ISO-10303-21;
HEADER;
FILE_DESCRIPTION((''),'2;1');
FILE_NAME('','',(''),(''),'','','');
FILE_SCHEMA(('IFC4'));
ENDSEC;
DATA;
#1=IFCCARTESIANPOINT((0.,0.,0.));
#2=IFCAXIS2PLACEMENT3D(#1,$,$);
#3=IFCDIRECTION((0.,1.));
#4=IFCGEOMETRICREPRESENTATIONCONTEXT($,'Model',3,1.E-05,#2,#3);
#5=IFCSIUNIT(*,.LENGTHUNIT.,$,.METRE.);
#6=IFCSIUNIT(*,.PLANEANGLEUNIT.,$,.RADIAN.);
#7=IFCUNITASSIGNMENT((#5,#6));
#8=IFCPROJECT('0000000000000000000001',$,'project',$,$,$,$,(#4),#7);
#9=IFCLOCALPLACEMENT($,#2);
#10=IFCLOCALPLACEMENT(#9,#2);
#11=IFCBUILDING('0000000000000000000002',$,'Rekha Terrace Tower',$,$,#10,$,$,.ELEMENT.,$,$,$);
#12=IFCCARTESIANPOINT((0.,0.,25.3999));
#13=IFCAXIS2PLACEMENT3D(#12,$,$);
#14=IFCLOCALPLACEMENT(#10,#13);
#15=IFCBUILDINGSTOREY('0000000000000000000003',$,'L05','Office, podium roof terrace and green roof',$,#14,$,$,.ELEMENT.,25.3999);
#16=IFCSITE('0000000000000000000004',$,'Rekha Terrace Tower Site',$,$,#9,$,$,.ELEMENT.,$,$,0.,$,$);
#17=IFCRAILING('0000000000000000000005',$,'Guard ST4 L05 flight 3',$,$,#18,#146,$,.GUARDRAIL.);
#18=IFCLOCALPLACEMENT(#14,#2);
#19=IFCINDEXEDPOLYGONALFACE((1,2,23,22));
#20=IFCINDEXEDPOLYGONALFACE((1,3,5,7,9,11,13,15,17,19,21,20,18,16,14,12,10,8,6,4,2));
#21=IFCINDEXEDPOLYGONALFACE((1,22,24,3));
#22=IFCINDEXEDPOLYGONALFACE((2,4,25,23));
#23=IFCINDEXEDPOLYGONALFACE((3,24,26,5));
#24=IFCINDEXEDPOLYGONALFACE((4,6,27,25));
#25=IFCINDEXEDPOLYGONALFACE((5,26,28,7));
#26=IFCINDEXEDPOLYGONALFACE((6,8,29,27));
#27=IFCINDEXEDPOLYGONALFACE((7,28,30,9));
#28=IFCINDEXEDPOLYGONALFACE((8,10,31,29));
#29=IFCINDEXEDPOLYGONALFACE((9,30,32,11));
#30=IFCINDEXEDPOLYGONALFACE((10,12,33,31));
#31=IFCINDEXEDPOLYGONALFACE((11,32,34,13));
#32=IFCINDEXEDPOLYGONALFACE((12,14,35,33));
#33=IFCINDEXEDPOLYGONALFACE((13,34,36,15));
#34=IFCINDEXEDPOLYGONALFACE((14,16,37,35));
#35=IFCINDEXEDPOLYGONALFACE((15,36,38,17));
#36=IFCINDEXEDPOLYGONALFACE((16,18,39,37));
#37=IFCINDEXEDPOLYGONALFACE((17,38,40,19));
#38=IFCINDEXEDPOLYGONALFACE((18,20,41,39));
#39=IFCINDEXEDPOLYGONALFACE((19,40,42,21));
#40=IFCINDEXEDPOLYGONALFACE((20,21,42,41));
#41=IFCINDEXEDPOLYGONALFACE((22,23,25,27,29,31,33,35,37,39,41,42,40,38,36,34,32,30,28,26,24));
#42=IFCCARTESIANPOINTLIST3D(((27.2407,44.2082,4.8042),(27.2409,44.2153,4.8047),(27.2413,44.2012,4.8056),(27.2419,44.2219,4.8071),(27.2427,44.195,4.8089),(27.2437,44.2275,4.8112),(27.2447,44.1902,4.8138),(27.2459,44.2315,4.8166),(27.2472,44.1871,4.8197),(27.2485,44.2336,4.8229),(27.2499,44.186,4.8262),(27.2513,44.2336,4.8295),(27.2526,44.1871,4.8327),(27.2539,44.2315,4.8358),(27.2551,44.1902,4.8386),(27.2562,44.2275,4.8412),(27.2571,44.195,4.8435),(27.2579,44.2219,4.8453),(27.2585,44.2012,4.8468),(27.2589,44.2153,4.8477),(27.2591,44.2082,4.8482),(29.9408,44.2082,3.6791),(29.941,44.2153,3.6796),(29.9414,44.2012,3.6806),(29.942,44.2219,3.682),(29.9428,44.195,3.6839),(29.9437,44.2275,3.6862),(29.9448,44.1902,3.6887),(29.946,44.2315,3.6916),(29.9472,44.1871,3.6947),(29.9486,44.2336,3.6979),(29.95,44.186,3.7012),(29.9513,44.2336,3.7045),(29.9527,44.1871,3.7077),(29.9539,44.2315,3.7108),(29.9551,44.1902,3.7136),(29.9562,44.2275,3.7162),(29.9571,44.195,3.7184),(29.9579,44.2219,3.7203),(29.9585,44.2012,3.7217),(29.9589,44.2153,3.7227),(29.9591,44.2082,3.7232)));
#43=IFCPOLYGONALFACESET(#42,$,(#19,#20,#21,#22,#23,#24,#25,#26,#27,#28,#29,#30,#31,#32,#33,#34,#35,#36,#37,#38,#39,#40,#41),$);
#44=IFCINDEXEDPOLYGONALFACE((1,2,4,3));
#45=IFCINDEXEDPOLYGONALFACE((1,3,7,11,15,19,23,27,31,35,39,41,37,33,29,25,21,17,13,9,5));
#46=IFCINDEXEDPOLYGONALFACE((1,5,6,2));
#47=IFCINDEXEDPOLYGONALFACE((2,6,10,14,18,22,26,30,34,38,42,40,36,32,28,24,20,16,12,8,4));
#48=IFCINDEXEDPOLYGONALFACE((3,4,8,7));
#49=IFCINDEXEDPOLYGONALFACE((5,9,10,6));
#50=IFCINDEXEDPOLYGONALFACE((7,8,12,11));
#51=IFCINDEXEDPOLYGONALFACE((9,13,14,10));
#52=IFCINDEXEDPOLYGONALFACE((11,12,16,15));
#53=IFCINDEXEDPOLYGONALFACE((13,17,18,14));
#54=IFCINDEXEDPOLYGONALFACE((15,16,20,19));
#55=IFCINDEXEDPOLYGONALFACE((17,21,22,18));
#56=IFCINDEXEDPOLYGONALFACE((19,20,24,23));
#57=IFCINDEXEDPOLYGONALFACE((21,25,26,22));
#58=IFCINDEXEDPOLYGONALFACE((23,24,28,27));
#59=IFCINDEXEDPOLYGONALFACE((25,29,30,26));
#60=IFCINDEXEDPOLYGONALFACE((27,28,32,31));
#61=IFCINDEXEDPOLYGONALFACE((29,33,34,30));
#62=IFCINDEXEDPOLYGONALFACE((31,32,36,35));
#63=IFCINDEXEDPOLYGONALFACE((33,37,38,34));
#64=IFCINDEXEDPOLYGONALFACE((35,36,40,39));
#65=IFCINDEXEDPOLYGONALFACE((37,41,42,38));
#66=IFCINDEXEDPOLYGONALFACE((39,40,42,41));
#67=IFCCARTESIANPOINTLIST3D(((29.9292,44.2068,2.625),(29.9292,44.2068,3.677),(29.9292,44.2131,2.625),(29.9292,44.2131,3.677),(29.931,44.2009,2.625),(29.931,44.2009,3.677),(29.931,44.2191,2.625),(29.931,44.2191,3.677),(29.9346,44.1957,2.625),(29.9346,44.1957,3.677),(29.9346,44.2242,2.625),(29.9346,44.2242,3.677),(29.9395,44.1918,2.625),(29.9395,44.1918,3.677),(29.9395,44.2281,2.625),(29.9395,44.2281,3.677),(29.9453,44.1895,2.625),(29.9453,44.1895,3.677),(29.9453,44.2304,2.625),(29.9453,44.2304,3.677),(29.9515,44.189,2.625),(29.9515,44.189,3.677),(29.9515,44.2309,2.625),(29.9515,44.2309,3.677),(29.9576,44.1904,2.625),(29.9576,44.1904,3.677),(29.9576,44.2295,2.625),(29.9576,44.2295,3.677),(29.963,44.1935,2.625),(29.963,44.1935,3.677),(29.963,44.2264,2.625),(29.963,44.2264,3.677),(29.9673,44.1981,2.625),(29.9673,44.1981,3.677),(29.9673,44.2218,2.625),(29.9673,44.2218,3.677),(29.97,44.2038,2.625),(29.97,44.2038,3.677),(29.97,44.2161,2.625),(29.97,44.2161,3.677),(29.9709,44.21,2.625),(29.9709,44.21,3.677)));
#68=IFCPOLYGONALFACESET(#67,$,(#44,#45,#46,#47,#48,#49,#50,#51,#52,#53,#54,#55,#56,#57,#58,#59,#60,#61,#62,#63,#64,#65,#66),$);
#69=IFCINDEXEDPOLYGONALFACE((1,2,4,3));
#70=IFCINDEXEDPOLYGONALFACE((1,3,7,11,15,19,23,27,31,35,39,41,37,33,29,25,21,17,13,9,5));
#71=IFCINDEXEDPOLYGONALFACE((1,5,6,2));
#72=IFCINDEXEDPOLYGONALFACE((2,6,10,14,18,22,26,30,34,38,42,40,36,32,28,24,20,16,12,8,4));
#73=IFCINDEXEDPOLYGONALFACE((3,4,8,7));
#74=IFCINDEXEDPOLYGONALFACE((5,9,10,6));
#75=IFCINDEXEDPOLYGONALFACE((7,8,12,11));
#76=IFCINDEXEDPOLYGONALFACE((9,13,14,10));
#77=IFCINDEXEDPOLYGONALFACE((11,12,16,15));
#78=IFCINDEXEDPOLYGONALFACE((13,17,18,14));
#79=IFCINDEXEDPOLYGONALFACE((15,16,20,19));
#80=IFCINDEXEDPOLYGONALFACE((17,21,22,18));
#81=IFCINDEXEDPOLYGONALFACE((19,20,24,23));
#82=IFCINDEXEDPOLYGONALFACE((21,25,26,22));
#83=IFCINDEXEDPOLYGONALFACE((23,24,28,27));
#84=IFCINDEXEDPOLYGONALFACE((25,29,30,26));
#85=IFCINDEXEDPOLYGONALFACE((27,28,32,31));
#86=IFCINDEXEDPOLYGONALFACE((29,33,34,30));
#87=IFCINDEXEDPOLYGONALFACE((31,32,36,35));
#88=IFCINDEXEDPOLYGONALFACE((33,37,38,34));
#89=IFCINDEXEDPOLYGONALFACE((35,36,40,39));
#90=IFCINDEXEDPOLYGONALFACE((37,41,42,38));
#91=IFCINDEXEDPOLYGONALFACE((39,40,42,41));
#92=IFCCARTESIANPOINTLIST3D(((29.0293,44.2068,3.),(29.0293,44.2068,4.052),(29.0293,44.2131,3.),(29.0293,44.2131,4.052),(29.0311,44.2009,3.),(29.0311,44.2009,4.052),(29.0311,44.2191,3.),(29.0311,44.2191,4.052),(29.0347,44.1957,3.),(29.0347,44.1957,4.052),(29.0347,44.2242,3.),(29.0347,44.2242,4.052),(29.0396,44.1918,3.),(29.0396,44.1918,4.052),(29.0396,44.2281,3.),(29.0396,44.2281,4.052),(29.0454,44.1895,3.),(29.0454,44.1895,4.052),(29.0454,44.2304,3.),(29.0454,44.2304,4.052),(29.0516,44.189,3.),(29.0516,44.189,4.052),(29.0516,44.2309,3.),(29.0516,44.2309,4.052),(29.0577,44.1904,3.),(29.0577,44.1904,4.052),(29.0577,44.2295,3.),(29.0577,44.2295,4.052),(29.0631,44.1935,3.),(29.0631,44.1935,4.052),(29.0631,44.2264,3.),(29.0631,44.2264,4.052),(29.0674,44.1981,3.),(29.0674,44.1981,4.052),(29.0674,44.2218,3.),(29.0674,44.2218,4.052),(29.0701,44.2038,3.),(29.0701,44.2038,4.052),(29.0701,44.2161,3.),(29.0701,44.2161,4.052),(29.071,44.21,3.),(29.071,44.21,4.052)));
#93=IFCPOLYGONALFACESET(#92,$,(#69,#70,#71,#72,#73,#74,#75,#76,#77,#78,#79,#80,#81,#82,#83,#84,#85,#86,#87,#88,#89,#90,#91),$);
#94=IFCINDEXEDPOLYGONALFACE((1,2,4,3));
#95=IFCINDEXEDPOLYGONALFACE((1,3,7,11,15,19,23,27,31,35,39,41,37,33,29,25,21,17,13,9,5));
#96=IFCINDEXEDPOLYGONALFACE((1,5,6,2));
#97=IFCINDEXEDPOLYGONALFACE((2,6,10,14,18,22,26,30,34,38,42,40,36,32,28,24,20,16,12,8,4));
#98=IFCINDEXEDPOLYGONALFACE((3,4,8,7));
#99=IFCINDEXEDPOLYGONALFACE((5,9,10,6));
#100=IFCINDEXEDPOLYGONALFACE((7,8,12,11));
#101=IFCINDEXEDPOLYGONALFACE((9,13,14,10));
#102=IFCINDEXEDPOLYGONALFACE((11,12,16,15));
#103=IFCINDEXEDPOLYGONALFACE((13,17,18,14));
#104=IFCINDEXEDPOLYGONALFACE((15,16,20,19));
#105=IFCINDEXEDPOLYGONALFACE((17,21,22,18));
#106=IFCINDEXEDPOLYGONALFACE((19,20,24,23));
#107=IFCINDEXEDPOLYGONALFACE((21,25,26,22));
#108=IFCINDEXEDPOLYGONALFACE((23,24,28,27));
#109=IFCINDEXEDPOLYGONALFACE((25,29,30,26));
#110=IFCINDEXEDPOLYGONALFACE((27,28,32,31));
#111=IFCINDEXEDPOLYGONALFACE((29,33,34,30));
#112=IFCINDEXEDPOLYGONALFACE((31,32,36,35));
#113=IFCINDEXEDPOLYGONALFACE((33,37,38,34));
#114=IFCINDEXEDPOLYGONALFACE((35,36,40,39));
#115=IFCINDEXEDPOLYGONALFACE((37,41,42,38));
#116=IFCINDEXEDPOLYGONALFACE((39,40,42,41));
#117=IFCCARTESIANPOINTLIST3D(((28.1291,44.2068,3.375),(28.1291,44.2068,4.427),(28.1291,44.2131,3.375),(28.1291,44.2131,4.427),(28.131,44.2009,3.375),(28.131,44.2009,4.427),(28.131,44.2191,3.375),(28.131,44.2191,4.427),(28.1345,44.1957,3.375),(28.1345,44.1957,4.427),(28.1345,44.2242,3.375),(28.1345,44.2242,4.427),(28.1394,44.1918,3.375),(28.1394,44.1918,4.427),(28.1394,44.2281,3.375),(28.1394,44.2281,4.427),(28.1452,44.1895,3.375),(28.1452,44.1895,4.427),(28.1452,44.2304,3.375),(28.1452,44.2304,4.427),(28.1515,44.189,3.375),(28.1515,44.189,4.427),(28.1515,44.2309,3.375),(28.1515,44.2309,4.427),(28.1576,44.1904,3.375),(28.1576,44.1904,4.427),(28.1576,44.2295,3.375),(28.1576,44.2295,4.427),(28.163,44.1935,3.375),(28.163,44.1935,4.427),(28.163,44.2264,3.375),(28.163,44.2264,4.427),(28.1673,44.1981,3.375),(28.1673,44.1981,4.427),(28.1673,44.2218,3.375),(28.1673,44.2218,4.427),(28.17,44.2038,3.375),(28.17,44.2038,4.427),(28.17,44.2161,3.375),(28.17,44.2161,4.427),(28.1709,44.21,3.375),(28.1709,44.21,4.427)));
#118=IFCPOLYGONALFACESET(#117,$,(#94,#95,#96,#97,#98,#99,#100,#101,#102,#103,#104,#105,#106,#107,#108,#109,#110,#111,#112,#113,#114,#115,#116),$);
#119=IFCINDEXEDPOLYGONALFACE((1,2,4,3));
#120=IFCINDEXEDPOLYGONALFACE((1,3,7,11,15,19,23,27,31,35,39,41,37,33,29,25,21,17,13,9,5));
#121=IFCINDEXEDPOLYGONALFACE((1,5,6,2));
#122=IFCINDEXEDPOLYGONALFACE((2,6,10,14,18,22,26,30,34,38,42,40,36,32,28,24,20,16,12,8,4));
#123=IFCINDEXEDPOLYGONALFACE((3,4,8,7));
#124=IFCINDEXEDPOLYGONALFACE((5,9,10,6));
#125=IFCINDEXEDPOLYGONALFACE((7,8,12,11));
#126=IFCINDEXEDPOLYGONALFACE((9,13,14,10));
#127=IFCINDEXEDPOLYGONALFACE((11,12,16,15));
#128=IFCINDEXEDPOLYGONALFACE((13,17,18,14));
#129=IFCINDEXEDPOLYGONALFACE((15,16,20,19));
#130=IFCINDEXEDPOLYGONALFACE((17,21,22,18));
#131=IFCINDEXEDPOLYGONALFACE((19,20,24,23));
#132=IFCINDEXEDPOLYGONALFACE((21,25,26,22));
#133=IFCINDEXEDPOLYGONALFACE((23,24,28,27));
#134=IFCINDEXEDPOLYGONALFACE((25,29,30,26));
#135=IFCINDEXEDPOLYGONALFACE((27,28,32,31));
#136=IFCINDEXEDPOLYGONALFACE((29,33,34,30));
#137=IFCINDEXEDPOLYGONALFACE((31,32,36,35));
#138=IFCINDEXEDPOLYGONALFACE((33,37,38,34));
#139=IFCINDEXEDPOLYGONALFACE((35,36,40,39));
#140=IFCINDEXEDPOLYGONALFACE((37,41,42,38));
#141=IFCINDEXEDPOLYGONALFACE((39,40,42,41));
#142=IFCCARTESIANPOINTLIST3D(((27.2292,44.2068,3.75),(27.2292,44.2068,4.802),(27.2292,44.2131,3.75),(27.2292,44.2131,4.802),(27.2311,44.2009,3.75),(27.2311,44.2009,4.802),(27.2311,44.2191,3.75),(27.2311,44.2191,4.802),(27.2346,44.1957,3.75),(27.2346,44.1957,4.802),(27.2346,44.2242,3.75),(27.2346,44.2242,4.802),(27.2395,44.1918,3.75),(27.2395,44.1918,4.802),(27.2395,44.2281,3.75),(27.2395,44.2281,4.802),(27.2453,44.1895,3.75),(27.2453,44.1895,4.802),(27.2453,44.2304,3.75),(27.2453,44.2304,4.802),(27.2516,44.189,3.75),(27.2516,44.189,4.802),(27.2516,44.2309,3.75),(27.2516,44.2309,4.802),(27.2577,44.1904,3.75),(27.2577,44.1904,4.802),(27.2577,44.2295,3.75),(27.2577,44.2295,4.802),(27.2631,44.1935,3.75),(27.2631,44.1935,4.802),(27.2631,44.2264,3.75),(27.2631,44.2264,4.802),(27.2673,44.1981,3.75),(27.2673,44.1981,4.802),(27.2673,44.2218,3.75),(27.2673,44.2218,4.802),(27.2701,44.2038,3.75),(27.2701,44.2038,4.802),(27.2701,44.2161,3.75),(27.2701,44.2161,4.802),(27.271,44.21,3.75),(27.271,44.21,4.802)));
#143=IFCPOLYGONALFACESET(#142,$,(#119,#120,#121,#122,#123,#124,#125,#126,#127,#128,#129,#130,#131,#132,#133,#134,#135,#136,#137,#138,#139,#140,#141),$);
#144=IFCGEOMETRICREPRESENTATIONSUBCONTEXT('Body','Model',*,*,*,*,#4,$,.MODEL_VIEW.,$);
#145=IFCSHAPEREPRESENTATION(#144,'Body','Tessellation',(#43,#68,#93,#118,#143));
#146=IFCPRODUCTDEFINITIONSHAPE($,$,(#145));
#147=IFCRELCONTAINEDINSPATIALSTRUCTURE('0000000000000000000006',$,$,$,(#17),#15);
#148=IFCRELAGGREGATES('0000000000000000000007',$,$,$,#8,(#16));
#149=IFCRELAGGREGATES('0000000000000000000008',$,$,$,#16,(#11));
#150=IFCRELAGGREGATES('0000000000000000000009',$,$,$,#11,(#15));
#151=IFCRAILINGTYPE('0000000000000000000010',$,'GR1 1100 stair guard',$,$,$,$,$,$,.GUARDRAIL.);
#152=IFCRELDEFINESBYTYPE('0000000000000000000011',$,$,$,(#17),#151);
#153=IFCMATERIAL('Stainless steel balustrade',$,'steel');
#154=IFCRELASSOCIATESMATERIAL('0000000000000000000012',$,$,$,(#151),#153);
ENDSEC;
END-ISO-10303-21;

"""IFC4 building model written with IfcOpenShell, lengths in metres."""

from ifc_helpers import new_model, si_unit, direction, frame, origin, origin_2d, place, context, subcontext, project, spatial, circle, extrude, material, type_object, element, save


model = new_model("IFC4")

# Units and contexts
model_context = context("Model", 3, precision=1e-05, world=origin(), true_north=direction((0.0, 1.0)))
body_context = subcontext(model_context, "Body", "Model", "MODEL_VIEW")
ifc_project = project(units=[si_unit("LENGTHUNIT", "METRE"), si_unit("PLANEANGLEUNIT", "RADIAN")], contexts=[model_context])

# Site, building, storey
site_placement = place(None, origin())
site = spatial("IfcSite", under=ifc_project, at=site_placement, Name="Rekha Terrace Tower Site", CompositionType="ELEMENT", RefElevation=0.0)
building_placement = place(site_placement, origin())
building = spatial("IfcBuilding", under=site, at=building_placement, Name="Rekha Terrace Tower", CompositionType="ELEMENT")
storey_placement = place(building_placement, frame((0.0, 0.0, 25.3999)))
storey = spatial("IfcBuildingStorey", under=building, at=storey_placement, Name="L05", Description="Office, podium roof terrace and green roof", CompositionType="ELEMENT", Elevation=25.3999)

# Railing
ifc_material_1 = material(Name="Stainless steel balustrade", Category="steel")
railing_type_1 = type_object("IfcRailingType", Name="GR1 1100 stair guard", PredefinedType="GUARDRAIL", material=ifc_material_1)
railing_1_placement = place(storey_placement, frame((29.95, 44.21, 2.625)))
element("IfcRailing", 1, at=railing_1_placement, inside=storey, type_object=railing_type_1, Name="Guard ST4 L05 flight 3", PredefinedType="GUARDRAIL", context=body_context, shape_type="SweptSolid", body=[
    extrude(circle(Radius=0.0239, at=origin_2d()), frame((0.0, 0.0, 1.0762), z_axis=(-0.923074, 0.0, 0.384621), x_axis=(0.0, -1.0, 0.0)), (0.0, 0.0, 1.0), 2.925),
    extrude(circle(Radius=0.021, at=origin_2d()), origin(), (0.0, 0.0, 1.0), 1.052),
    extrude(circle(Radius=0.021, at=origin_2d()), frame((-0.8999, 0.0, 0.375)), (0.0, 0.0, 1.0), 1.052),
    extrude(circle(Radius=0.021, at=origin_2d()), frame((-1.8, 0.0, 0.75)), (0.0, 0.0, 1.0), 1.052),
    extrude(circle(Radius=0.021, at=origin_2d()), frame((-2.7, 0.0, 1.125)), (0.0, 0.0, 1.0), 1.052),
])

save(model, "model.ifc")
